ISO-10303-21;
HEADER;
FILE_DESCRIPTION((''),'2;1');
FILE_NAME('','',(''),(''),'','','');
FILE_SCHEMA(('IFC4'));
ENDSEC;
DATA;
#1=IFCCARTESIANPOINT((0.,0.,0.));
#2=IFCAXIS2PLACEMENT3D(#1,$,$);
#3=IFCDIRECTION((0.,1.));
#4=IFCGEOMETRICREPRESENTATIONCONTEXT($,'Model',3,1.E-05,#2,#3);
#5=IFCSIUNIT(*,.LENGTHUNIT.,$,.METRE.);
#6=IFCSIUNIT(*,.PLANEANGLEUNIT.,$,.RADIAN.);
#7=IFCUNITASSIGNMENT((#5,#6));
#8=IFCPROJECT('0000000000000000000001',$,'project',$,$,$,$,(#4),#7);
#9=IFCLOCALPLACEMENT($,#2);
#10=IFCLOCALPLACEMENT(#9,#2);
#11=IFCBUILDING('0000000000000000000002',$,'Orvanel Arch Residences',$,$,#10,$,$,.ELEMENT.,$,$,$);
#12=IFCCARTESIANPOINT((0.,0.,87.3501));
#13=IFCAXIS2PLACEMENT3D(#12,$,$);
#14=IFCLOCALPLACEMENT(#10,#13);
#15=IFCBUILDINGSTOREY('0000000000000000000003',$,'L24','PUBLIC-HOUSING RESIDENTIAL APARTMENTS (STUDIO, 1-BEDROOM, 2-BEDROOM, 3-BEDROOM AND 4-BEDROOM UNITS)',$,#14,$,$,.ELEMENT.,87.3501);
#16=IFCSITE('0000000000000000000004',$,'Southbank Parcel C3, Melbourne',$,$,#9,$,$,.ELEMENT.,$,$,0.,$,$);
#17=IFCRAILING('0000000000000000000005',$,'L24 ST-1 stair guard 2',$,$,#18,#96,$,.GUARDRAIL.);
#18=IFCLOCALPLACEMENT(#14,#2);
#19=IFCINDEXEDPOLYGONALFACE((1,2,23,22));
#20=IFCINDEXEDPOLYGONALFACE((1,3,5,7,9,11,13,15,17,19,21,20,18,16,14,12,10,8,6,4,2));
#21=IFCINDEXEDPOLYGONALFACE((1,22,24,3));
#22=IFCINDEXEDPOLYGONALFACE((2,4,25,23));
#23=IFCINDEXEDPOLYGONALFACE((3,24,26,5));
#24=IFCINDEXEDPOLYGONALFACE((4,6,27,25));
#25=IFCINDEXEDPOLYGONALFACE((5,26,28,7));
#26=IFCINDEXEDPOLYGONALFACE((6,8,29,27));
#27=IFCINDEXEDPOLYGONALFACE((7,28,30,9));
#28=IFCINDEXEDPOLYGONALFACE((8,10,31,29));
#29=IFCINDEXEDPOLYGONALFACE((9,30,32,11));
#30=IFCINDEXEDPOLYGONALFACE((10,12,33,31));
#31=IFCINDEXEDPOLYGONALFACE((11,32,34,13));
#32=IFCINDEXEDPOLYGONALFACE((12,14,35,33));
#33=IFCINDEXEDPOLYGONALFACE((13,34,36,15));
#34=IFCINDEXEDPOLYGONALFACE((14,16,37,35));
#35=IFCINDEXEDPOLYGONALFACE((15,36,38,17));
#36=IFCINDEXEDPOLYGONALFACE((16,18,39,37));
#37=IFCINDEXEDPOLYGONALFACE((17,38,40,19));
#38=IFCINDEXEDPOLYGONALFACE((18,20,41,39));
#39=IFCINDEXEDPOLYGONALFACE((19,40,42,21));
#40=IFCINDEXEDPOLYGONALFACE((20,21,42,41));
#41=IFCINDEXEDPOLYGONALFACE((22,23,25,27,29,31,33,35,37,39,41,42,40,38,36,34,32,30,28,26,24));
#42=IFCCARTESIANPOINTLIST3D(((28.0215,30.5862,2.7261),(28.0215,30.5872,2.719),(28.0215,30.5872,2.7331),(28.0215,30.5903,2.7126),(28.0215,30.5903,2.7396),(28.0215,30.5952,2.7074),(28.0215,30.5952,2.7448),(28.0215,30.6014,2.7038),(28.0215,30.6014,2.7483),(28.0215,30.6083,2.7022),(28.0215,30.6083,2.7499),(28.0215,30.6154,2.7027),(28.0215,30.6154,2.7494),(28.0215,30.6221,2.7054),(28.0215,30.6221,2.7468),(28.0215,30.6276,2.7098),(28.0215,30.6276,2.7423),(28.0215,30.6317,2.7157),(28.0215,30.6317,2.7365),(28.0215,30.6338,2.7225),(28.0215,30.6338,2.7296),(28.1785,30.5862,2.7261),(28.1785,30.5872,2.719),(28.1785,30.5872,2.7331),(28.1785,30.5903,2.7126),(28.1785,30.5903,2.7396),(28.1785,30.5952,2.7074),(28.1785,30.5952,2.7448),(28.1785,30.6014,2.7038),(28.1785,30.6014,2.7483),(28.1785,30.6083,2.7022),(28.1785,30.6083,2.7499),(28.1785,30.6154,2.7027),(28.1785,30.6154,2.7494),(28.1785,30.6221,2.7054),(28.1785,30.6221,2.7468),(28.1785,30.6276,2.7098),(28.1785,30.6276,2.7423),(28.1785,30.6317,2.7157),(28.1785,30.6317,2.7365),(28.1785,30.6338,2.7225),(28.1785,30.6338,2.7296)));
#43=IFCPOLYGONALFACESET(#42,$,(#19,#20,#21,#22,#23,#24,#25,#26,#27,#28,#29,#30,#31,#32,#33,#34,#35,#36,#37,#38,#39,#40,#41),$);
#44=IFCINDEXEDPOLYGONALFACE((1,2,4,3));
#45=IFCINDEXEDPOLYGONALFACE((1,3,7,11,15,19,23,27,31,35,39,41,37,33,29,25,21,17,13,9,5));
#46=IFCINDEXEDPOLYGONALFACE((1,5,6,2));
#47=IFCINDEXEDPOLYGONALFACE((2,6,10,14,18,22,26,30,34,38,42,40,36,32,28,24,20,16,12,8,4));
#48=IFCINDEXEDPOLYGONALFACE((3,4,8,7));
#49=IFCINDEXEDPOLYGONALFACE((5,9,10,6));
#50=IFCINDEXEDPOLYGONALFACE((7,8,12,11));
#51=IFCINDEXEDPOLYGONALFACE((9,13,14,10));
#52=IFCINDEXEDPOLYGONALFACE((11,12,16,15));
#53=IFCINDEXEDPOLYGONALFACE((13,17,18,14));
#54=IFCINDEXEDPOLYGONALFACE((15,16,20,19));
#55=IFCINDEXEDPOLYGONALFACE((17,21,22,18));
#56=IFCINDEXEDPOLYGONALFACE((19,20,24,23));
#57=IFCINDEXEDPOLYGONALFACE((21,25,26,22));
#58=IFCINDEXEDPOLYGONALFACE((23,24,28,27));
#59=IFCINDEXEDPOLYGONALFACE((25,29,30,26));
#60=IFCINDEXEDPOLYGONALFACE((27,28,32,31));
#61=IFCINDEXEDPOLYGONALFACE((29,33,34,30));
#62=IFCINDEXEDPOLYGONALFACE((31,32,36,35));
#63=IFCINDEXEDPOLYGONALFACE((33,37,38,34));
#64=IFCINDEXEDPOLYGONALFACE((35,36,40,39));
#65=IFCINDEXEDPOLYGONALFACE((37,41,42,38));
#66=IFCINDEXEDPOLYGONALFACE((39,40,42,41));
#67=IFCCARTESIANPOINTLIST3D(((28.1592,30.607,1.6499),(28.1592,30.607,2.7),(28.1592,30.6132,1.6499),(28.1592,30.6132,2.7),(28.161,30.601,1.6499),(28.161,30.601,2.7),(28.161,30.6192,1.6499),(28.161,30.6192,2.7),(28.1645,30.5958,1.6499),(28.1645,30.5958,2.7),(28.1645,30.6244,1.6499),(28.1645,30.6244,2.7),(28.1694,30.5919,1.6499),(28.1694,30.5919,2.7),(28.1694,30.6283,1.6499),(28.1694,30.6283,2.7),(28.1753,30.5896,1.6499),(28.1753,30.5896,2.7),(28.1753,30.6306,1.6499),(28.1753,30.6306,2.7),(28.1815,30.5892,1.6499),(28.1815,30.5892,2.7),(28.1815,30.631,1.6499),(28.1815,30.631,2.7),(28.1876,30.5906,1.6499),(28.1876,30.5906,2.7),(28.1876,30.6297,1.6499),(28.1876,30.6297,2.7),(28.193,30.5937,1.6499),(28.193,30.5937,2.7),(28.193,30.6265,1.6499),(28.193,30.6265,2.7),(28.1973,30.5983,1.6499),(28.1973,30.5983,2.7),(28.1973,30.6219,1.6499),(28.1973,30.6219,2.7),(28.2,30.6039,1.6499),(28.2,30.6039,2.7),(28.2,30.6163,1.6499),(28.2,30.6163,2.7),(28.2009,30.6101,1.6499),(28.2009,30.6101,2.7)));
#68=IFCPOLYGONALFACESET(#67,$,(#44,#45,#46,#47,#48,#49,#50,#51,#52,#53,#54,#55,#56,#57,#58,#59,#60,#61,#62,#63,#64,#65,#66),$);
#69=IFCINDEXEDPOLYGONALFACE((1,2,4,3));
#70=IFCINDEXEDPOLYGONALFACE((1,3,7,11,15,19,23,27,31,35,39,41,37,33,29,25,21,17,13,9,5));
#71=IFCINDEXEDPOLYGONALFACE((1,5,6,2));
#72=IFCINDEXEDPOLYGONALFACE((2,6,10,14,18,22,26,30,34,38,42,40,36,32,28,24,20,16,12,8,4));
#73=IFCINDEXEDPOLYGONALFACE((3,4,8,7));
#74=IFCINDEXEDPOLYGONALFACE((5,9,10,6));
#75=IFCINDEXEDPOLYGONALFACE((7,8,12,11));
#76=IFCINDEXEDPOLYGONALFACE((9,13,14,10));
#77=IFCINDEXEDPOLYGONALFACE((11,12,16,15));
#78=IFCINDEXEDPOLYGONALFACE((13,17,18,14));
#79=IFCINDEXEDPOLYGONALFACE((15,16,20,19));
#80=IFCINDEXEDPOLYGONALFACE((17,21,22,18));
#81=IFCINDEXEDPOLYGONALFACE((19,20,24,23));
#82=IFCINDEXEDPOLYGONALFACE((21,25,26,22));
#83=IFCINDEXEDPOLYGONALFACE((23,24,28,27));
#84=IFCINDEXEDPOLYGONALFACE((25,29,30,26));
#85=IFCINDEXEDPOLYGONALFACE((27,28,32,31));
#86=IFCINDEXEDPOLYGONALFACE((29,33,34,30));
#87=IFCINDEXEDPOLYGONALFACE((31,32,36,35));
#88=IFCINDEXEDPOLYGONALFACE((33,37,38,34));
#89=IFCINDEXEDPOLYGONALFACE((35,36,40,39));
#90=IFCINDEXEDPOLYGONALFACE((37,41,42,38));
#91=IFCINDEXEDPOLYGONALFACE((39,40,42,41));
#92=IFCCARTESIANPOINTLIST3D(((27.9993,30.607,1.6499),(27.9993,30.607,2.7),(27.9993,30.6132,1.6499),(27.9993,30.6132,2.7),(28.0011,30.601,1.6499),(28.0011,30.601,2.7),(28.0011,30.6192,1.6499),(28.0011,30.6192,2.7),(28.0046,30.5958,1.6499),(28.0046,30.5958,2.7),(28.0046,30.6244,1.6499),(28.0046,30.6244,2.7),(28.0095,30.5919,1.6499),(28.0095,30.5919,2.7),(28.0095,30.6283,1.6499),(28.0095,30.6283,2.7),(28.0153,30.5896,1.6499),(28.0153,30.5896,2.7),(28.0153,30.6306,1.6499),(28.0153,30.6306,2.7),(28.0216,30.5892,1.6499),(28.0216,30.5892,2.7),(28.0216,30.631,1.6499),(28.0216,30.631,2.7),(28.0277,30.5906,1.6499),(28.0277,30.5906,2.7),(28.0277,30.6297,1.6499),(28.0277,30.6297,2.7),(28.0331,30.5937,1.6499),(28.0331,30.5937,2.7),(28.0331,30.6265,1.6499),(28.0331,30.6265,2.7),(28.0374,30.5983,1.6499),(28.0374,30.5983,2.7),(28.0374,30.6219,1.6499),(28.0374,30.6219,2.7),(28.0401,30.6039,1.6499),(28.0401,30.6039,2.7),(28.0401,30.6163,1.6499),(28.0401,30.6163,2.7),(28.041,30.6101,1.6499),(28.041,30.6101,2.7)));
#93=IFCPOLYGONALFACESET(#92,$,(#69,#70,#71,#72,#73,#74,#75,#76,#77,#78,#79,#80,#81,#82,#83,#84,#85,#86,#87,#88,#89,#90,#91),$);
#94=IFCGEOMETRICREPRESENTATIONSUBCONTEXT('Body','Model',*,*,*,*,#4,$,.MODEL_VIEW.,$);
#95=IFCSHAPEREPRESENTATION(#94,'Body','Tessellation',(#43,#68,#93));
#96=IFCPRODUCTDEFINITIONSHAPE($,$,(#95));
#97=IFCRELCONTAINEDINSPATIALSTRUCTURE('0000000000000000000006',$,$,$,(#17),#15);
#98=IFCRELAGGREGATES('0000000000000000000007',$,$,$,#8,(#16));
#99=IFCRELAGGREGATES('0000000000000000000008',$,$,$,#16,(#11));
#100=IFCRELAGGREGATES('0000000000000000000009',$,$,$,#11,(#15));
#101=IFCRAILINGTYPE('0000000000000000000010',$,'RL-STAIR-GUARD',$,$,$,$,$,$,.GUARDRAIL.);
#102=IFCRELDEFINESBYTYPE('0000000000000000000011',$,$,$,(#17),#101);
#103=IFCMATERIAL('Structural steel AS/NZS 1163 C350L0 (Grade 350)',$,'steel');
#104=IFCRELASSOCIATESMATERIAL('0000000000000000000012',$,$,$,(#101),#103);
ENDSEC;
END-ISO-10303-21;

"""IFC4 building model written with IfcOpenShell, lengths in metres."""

from ifc_helpers import new_model, si_unit, direction, frame, origin, origin_2d, place, context, subcontext, project, spatial, circle, extrude, material, type_object, element, save


model = new_model("IFC4")

# Units and contexts
model_context = context("Model", 3, precision=1e-05, world=origin(), true_north=direction((0.0, 1.0)))
body_context = subcontext(model_context, "Body", "Model", "MODEL_VIEW")
ifc_project = project(units=[si_unit("LENGTHUNIT", "METRE"), si_unit("PLANEANGLEUNIT", "RADIAN")], contexts=[model_context])

# Site, building, storey
site_placement = place(None, origin())
site = spatial("IfcSite", under=ifc_project, at=site_placement, Name="Southbank Parcel C3, Melbourne", CompositionType="ELEMENT", RefElevation=0.0)
building_placement = place(site_placement, origin())
building = spatial("IfcBuilding", under=site, at=building_placement, Name="Orvanel Arch Residences", CompositionType="ELEMENT")
storey_placement = place(building_placement, frame((0.0, 0.0, 87.3501)))
storey = spatial("IfcBuildingStorey", under=building, at=storey_placement, Name="L24", Description="PUBLIC-HOUSING RESIDENTIAL APARTMENTS (STUDIO, 1-BEDROOM, 2-BEDROOM, 3-BEDROOM AND 4-BEDROOM UNITS)", CompositionType="ELEMENT", Elevation=87.3501)

# Railing
ifc_material_1 = material(Name="Structural steel AS/NZS 1163 C350L0 (Grade 350)", Category="steel")
railing_type_1 = type_object("IfcRailingType", Name="RL-STAIR-GUARD", PredefinedType="GUARDRAIL", material=ifc_material_1)
railing_1_placement = place(storey_placement, frame((28.1799, 30.6101, 1.6499)))
element("IfcRailing", 1, at=railing_1_placement, inside=storey, type_object=railing_type_1, Name="L24 ST-1 stair guard 2", PredefinedType="GUARDRAIL", context=body_context, shape_type="SweptSolid", body=[
    extrude(circle(Radius=0.0239, at=origin_2d()), frame((-0.0015, 0.0, 1.0762), z_axis=(-1.0, 0.0, 0.0), x_axis=(0.0, -1.0, 0.0)), (0.0, 0.0, 1.0), 0.157),
    extrude(circle(Radius=0.021, at=origin_2d()), origin(), (0.0, 0.0, 1.0), 1.05),
    extrude(circle(Radius=0.021, at=origin_2d()), frame((-0.1599, 0.0, 0.0)), (0.0, 0.0, 1.0), 1.05),
])

save(model, "model.ifc")
